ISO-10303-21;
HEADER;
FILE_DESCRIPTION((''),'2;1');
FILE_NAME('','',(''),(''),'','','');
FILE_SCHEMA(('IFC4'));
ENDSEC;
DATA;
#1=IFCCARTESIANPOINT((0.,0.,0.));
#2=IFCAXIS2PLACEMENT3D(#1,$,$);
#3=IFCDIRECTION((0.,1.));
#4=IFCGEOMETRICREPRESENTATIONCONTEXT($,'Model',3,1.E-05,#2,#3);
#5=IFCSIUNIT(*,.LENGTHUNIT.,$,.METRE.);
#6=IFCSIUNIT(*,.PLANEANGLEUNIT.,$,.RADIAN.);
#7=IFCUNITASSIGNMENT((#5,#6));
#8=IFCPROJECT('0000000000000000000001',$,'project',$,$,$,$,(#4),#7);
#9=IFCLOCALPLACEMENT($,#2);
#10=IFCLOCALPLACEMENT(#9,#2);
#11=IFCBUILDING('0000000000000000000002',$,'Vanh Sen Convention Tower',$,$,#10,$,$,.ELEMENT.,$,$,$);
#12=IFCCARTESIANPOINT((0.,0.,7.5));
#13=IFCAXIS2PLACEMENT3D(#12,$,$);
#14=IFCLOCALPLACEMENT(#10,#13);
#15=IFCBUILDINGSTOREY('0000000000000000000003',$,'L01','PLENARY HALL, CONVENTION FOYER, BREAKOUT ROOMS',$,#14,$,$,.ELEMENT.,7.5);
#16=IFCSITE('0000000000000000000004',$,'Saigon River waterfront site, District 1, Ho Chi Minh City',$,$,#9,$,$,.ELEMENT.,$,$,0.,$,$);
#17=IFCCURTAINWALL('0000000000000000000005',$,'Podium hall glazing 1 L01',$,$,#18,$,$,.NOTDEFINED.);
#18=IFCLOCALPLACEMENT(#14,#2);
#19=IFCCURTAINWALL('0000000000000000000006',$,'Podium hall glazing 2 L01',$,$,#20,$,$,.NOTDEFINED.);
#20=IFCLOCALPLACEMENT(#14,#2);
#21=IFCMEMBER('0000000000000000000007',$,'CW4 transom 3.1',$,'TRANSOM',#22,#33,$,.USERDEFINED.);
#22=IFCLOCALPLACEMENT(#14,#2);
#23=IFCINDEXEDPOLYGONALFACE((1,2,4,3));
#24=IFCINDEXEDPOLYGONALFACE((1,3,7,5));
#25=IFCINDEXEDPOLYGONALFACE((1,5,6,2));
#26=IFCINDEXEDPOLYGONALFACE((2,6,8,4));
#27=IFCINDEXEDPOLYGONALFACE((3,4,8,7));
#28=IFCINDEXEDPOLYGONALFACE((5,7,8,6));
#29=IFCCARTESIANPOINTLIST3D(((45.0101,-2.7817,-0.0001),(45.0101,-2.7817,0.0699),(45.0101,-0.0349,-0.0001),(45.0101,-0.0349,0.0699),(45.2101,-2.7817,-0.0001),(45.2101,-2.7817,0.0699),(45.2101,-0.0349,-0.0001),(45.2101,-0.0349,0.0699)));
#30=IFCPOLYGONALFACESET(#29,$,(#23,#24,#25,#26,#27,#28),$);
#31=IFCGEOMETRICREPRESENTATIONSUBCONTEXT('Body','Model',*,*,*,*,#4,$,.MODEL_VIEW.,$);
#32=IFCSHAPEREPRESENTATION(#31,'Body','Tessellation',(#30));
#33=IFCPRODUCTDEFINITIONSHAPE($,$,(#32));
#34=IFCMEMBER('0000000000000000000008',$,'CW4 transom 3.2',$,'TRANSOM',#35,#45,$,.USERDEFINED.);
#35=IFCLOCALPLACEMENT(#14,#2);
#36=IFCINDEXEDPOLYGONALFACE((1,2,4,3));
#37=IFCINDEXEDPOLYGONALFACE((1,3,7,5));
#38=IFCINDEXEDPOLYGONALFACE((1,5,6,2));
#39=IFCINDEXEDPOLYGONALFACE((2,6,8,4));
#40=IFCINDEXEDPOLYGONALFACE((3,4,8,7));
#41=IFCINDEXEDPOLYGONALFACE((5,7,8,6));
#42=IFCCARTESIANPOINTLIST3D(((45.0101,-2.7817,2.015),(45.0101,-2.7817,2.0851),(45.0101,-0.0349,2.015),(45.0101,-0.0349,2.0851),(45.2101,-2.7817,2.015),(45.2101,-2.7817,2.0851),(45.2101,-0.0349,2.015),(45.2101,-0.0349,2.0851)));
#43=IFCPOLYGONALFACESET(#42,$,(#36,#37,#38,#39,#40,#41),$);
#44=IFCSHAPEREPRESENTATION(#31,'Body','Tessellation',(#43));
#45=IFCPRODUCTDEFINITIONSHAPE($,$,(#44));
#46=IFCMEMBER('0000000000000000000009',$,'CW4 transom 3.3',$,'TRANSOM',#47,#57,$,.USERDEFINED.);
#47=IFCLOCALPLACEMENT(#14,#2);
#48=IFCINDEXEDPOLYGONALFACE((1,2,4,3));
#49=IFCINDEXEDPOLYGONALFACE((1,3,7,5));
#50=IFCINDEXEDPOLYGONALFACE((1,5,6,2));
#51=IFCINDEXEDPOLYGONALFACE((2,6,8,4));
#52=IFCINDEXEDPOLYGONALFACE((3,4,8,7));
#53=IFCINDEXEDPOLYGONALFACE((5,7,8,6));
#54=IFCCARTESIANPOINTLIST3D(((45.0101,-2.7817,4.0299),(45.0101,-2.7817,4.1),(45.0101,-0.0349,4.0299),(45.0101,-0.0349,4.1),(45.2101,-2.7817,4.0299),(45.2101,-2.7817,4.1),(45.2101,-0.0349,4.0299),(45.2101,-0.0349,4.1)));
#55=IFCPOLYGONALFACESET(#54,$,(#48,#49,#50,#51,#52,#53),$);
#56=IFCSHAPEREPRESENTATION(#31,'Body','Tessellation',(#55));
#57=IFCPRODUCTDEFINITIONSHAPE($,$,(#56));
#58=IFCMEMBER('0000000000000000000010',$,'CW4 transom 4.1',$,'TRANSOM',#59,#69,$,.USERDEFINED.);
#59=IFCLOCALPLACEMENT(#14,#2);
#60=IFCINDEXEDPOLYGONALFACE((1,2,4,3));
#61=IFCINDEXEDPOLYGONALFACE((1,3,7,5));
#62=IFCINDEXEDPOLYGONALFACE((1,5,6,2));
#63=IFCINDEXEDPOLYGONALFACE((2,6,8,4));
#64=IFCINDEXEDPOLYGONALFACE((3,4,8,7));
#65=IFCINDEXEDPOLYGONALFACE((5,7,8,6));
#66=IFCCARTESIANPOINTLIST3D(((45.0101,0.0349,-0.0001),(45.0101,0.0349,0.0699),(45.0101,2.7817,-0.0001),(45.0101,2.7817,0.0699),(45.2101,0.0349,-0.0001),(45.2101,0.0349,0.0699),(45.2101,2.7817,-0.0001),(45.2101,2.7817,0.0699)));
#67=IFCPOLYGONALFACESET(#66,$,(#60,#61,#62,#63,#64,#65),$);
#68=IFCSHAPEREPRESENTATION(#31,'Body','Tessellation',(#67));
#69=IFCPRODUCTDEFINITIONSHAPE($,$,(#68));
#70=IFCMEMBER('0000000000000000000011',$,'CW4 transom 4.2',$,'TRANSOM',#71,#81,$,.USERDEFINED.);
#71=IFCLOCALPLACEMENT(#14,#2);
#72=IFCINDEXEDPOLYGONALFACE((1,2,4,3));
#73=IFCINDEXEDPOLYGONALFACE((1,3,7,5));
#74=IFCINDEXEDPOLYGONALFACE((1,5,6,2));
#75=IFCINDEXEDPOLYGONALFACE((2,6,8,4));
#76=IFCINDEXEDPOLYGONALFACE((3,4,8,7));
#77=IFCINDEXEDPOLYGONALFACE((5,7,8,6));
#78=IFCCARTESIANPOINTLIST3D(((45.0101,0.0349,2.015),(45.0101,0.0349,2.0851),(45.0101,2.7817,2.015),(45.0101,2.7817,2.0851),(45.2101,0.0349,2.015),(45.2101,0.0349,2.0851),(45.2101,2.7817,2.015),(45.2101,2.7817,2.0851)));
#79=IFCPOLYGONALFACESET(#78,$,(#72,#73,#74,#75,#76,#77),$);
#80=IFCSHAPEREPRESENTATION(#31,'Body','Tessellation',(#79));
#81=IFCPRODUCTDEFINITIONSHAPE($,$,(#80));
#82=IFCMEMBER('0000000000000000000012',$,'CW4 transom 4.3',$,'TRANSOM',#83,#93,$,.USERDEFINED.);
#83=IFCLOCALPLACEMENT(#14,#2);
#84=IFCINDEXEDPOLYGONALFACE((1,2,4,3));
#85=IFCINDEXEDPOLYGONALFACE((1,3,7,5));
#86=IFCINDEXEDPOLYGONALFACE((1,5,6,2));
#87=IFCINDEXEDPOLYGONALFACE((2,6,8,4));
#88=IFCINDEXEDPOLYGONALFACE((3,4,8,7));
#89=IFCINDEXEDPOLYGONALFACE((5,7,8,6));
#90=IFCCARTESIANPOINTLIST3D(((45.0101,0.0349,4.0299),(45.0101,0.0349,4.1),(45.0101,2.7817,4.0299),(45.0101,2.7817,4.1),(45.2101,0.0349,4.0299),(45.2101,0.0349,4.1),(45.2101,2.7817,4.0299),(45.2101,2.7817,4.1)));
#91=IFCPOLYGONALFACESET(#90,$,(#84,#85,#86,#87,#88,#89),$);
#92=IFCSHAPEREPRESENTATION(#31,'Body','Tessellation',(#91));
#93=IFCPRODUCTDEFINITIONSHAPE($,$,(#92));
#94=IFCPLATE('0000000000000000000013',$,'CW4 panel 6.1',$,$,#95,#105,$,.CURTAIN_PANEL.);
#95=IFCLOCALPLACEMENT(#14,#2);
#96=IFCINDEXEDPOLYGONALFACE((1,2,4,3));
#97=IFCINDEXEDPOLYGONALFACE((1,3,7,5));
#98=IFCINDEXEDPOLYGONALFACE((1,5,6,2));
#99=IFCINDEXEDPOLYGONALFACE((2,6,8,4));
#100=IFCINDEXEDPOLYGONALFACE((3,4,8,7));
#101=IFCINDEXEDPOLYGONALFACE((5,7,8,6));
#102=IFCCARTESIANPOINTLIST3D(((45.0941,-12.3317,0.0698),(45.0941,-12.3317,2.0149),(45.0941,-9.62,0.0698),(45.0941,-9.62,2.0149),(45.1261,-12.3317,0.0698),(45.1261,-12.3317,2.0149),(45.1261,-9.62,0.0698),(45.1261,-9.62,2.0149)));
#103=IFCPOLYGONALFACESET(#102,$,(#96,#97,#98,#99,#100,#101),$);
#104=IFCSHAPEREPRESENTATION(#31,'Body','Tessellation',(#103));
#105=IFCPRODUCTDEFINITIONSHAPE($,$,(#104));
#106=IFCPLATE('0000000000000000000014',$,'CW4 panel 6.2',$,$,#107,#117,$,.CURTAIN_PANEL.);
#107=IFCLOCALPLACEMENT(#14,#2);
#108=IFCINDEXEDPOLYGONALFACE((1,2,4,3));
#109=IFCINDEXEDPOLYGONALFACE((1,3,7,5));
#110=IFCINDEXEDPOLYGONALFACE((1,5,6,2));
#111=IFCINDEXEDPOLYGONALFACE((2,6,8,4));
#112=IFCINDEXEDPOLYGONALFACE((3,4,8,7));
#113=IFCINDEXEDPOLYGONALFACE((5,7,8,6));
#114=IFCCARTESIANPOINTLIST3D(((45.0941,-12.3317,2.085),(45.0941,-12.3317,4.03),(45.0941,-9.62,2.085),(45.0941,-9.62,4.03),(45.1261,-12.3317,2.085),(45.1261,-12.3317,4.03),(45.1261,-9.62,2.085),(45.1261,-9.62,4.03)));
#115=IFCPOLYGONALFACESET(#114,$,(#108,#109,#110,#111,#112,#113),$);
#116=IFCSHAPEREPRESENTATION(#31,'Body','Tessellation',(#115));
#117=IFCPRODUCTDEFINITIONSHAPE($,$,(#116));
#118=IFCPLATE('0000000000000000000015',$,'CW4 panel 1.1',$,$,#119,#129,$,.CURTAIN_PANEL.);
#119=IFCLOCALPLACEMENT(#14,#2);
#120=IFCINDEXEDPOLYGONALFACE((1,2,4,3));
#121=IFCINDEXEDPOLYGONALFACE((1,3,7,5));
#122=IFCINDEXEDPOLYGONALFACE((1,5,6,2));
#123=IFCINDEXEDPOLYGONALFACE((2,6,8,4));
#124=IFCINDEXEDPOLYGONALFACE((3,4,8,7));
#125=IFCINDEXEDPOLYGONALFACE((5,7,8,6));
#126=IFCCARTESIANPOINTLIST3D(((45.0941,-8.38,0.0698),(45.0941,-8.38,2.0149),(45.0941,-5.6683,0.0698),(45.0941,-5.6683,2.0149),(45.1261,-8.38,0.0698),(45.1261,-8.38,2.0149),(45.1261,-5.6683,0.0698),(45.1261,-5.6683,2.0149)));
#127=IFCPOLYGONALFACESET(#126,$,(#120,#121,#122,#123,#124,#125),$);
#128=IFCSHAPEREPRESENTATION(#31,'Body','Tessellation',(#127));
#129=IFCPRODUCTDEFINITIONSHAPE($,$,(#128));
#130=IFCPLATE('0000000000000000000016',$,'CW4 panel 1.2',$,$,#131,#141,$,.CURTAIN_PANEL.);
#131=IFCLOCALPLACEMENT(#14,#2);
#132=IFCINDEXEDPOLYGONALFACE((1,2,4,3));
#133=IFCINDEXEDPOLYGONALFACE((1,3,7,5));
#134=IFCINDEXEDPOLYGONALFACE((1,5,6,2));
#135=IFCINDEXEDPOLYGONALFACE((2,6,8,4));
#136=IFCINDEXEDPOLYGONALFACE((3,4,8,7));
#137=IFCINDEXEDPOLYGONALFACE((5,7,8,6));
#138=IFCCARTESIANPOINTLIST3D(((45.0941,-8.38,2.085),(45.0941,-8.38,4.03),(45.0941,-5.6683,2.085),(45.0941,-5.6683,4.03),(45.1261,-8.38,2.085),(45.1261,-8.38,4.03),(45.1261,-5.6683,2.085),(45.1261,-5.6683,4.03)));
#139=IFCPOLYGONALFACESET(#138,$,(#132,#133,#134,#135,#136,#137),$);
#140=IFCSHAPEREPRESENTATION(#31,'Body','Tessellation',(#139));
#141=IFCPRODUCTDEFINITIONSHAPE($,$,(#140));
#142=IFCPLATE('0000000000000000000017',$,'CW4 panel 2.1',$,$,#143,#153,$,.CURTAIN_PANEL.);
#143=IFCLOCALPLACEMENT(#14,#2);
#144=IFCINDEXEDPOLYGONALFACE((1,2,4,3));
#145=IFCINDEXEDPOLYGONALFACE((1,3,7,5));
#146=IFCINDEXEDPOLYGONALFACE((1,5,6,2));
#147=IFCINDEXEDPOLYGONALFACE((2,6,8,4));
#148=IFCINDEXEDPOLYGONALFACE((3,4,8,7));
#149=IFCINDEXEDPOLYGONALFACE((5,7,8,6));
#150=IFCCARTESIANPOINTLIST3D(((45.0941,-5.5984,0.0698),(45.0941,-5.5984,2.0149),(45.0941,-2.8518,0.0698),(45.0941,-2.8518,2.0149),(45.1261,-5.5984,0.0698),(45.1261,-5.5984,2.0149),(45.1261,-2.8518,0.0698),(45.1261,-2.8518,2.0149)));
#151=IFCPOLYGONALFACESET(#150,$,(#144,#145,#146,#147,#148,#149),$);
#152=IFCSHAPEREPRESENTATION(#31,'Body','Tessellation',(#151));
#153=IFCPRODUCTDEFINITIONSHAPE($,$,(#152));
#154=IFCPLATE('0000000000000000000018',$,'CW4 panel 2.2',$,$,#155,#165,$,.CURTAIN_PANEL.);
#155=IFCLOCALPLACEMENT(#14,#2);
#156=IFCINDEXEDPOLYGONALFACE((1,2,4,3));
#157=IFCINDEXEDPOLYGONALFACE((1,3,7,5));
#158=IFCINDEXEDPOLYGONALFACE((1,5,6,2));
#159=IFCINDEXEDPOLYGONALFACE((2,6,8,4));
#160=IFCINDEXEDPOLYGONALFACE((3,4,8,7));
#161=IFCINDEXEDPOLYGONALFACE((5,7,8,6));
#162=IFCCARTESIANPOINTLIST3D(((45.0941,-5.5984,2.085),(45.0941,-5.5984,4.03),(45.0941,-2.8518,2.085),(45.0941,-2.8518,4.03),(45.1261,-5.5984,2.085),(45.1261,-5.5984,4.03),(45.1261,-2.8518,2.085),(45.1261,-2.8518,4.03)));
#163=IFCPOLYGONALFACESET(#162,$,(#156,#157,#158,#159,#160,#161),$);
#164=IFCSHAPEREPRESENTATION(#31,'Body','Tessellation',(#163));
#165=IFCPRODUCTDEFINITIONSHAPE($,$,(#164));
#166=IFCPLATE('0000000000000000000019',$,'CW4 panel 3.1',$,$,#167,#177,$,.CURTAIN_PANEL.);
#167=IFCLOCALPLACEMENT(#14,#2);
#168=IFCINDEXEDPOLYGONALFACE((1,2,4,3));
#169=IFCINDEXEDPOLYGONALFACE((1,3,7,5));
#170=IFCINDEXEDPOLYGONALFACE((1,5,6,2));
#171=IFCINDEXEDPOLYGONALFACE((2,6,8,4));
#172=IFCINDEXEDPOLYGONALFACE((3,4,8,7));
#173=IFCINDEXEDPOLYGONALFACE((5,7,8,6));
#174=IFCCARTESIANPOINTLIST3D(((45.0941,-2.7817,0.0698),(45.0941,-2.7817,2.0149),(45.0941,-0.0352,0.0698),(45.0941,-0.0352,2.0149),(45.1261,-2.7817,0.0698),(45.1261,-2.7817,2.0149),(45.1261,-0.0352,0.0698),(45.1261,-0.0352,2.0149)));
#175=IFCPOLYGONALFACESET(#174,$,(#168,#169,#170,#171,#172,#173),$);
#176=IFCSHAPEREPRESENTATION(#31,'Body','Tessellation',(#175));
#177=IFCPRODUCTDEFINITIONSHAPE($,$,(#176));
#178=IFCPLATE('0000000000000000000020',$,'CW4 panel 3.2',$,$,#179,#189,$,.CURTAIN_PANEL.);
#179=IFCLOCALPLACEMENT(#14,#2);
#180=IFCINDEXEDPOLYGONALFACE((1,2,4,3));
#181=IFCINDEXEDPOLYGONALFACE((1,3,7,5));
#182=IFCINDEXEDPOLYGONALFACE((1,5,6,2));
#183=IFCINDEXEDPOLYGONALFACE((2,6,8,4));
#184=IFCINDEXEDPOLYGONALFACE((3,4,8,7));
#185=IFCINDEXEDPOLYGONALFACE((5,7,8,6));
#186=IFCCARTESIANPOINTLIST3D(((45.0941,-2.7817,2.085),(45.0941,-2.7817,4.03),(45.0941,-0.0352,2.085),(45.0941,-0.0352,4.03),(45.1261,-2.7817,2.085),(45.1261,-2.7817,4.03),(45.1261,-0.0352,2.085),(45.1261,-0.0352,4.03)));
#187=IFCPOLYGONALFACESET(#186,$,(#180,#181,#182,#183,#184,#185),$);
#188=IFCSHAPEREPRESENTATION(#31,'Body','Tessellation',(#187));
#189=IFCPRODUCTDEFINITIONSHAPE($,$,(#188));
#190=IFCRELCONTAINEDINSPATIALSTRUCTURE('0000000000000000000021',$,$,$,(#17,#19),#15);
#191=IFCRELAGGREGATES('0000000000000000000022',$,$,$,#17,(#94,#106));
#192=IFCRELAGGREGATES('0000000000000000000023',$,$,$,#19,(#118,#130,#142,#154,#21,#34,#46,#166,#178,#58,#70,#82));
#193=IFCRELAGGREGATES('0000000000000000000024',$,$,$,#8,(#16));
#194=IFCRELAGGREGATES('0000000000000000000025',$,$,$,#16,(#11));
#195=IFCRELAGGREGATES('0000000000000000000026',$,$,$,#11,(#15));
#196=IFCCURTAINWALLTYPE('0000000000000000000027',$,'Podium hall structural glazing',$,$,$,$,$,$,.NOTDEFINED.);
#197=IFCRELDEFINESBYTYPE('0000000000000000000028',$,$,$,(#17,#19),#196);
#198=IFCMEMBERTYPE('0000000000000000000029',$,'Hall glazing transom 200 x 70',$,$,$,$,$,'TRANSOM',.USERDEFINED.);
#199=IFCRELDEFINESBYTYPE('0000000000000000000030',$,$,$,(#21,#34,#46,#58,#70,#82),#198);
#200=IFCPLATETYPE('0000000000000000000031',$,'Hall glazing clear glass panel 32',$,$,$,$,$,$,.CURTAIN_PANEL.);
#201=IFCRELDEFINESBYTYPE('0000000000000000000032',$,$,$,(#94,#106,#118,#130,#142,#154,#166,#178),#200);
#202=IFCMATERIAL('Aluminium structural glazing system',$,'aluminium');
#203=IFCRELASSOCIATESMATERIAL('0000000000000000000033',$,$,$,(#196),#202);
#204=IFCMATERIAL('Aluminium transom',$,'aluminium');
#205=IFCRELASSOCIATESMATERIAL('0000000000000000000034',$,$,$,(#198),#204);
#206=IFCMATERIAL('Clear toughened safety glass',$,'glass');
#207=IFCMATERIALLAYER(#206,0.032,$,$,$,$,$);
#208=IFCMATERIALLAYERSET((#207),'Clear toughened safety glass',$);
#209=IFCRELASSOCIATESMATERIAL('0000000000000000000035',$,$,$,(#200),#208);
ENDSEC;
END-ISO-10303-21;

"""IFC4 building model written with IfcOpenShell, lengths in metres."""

from ifc_helpers import new_model, si_unit, direction, frame, origin, origin_2d, place, context, subcontext, project, spatial, rectangle, extrude, material, layer, layer_set, material_profile, profile_set, type_object, element, aggregate, save


model = new_model("IFC4")

# Units and contexts
model_context = context("Model", 3, precision=1e-05, world=origin(), true_north=direction((0.0, 1.0)))
body_context = subcontext(model_context, "Body", "Model", "MODEL_VIEW")
ifc_project = project(units=[si_unit("LENGTHUNIT", "METRE"), si_unit("PLANEANGLEUNIT", "RADIAN")], contexts=[model_context])

# Site, building, storey
site_placement = place(None, origin())
site = spatial("IfcSite", under=ifc_project, at=site_placement, Name="Saigon River waterfront site, District 1, Ho Chi Minh City", CompositionType="ELEMENT", RefElevation=0.0)
building_placement = place(site_placement, origin())
building = spatial("IfcBuilding", under=site, at=building_placement, Name="Vanh Sen Convention Tower", CompositionType="ELEMENT")
storey_placement = place(building_placement, frame((0.0, 0.0, 7.5)))
storey = spatial("IfcBuildingStorey", under=building, at=storey_placement, Name="L01", Description="PLENARY HALL, CONVENTION FOYER, BREAKOUT ROOMS", CompositionType="ELEMENT", Elevation=7.5)

# Curtain walls
ifc_material_1 = material(Name="Aluminium structural glazing system", Category="aluminium")
curtain_wall_type = type_object("IfcCurtainWallType", Name="Podium hall structural glazing", PredefinedType="NOTDEFINED", material=ifc_material_1)
curtain_wall_1_placement = place(storey_placement, origin())
curtain_wall_1 = element("IfcCurtainWall", 1, at=curtain_wall_1_placement, inside=storey, type_object=curtain_wall_type, Name="Podium hall glazing 1 L01", PredefinedType="NOTDEFINED")
curtain_wall_2_placement = place(storey_placement, origin())
curtain_wall_2 = element("IfcCurtainWall", 2, at=curtain_wall_2_placement, inside=storey, type_object=curtain_wall_type, Name="Podium hall glazing 2 L01", PredefinedType="NOTDEFINED")

# Members
ifc_material_2 = material(Name="Aluminium transom", Category="aluminium")
ifc_material_profile_1 = material_profile(ifc_material_2, rectangle(XDim=0.2, YDim=0.0701, at=origin_2d()), Name="Hall glazing transom 200 x 70")
ifc_profile_set_1 = profile_set([ifc_material_profile_1], Name="Aluminium transom")
member_type_1 = type_object("IfcMemberType", Name="Hall glazing transom 200 x 70", ElementType="TRANSOM", PredefinedType="USERDEFINED", material=ifc_profile_set_1)
member_1_placement = place(storey_placement, frame((45.1101, -2.7817, 0.0349), z_axis=(0.0, 1.0, 0.0), x_axis=(-1.0, 0.0, 0.0)))
member_1 = element("IfcMember", 3, at=member_1_placement, type_object=member_type_1, Name="CW4 transom 3.1", ObjectType="TRANSOM", PredefinedType="USERDEFINED", context=body_context, shape_type="SweptSolid", body=[
    extrude(rectangle(XDim=0.2, YDim=0.0701, at=origin_2d()), origin(), (0.0, 0.0, 1.0), 2.7468),
])
member_2_placement = place(storey_placement, frame((45.1101, -2.7817, 2.05), z_axis=(0.0, 1.0, 0.0), x_axis=(-1.0, 0.0, 0.0)))
member_2 = element("IfcMember", 4, at=member_2_placement, type_object=member_type_1, Name="CW4 transom 3.2", ObjectType="TRANSOM", PredefinedType="USERDEFINED", context=body_context, shape_type="SweptSolid", body=[
    extrude(rectangle(XDim=0.2, YDim=0.0701, at=origin_2d()), origin(), (0.0, 0.0, 1.0), 2.7468),
])
member_3_placement = place(storey_placement, frame((45.1101, -2.7817, 4.0649), z_axis=(0.0, 1.0, 0.0), x_axis=(-1.0, 0.0, 0.0)))
member_3 = element("IfcMember", 5, at=member_3_placement, type_object=member_type_1, Name="CW4 transom 3.3", ObjectType="TRANSOM", PredefinedType="USERDEFINED", context=body_context, shape_type="SweptSolid", body=[
    extrude(rectangle(XDim=0.2, YDim=0.0701, at=origin_2d()), origin(), (0.0, 0.0, 1.0), 2.7468),
])
member_4_placement = place(storey_placement, frame((45.1101, 0.0349, 0.0349), z_axis=(0.0, 1.0, 0.0), x_axis=(-1.0, 0.0, 0.0)))
member_4 = element("IfcMember", 6, at=member_4_placement, type_object=member_type_1, Name="CW4 transom 4.1", ObjectType="TRANSOM", PredefinedType="USERDEFINED", context=body_context, shape_type="SweptSolid", body=[
    extrude(rectangle(XDim=0.2, YDim=0.0701, at=origin_2d()), origin(), (0.0, 0.0, 1.0), 2.7468),
])
member_5_placement = place(storey_placement, frame((45.1101, 0.0349, 2.05), z_axis=(0.0, 1.0, 0.0), x_axis=(-1.0, 0.0, 0.0)))
member_5 = element("IfcMember", 7, at=member_5_placement, type_object=member_type_1, Name="CW4 transom 4.2", ObjectType="TRANSOM", PredefinedType="USERDEFINED", context=body_context, shape_type="SweptSolid", body=[
    extrude(rectangle(XDim=0.2, YDim=0.0701, at=origin_2d()), origin(), (0.0, 0.0, 1.0), 2.7468),
])
member_6_placement = place(storey_placement, frame((45.1101, 0.0349, 4.0649), z_axis=(0.0, 1.0, 0.0), x_axis=(-1.0, 0.0, 0.0)))
member_6 = element("IfcMember", 8, at=member_6_placement, type_object=member_type_1, Name="CW4 transom 4.3", ObjectType="TRANSOM", PredefinedType="USERDEFINED", context=body_context, shape_type="SweptSolid", body=[
    extrude(rectangle(XDim=0.2, YDim=0.0701, at=origin_2d()), origin(), (0.0, 0.0, 1.0), 2.7468),
])

# Plates
ifc_material_3 = material(Name="Clear toughened safety glass", Category="glass")
ifc_layer = layer(ifc_material_3, 0.032)
ifc_layer_set = layer_set([ifc_layer], Name="Clear toughened safety glass")
plate_type = type_object("IfcPlateType", Name="Hall glazing clear glass panel 32", PredefinedType="CURTAIN_PANEL", material=ifc_layer_set)
plate_1_placement = place(storey_placement, frame((45.1101, -10.9758, 0.0698), z_axis=(0.0, 0.0, 1.0), x_axis=(0.0, 1.0, 0.0)))
plate_1 = element("IfcPlate", 9, at=plate_1_placement, type_object=plate_type, Name="CW4 panel 6.1", PredefinedType="CURTAIN_PANEL", context=body_context, shape_type="SweptSolid", body=[
    extrude(rectangle(XDim=2.7117, YDim=0.032, at=origin_2d()), origin(), (0.0, 0.0, 1.0), 1.9451),
])
plate_2_placement = place(storey_placement, frame((45.1101, -10.9758, 2.085), z_axis=(0.0, 0.0, 1.0), x_axis=(0.0, 1.0, 0.0)))
plate_2 = element("IfcPlate", 10, at=plate_2_placement, type_object=plate_type, Name="CW4 panel 6.2", PredefinedType="CURTAIN_PANEL", context=body_context, shape_type="SweptSolid", body=[
    extrude(rectangle(XDim=2.7117, YDim=0.032, at=origin_2d()), origin(), (0.0, 0.0, 1.0), 1.9451),
])
aggregate(curtain_wall_1, [plate_1, plate_2])
plate_3_placement = place(storey_placement, frame((45.1101, -7.0242, 0.0698), z_axis=(0.0, 0.0, 1.0), x_axis=(0.0, 1.0, 0.0)))
plate_3 = element("IfcPlate", 11, at=plate_3_placement, type_object=plate_type, Name="CW4 panel 1.1", PredefinedType="CURTAIN_PANEL", context=body_context, shape_type="SweptSolid", body=[
    extrude(rectangle(XDim=2.7117, YDim=0.032, at=origin_2d()), origin(), (0.0, 0.0, 1.0), 1.9451),
])
plate_4_placement = place(storey_placement, frame((45.1101, -7.0242, 2.085), z_axis=(0.0, 0.0, 1.0), x_axis=(0.0, 1.0, 0.0)))
plate_4 = element("IfcPlate", 12, at=plate_4_placement, type_object=plate_type, Name="CW4 panel 1.2", PredefinedType="CURTAIN_PANEL", context=body_context, shape_type="SweptSolid", body=[
    extrude(rectangle(XDim=2.7117, YDim=0.032, at=origin_2d()), origin(), (0.0, 0.0, 1.0), 1.9451),
])
plate_5_placement = place(storey_placement, frame((45.1101, -4.2251, 0.0698), z_axis=(0.0, 0.0, 1.0), x_axis=(0.0, 1.0, 0.0)))
plate_5 = element("IfcPlate", 13, at=plate_5_placement, type_object=plate_type, Name="CW4 panel 2.1", PredefinedType="CURTAIN_PANEL", context=body_context, shape_type="SweptSolid", body=[
    extrude(rectangle(XDim=2.7466, YDim=0.032, at=origin_2d()), origin(), (0.0, 0.0, 1.0), 1.9451),
])
plate_6_placement = place(storey_placement, frame((45.1101, -4.2251, 2.085), z_axis=(0.0, 0.0, 1.0), x_axis=(0.0, 1.0, 0.0)))
plate_6 = element("IfcPlate", 14, at=plate_6_placement, type_object=plate_type, Name="CW4 panel 2.2", PredefinedType="CURTAIN_PANEL", context=body_context, shape_type="SweptSolid", body=[
    extrude(rectangle(XDim=2.7466, YDim=0.032, at=origin_2d()), origin(), (0.0, 0.0, 1.0), 1.9451),
])
plate_7_placement = place(storey_placement, frame((45.1101, -1.4084, 0.0698), z_axis=(0.0, 0.0, 1.0), x_axis=(0.0, 1.0, 0.0)))
plate_7 = element("IfcPlate", 15, at=plate_7_placement, type_object=plate_type, Name="CW4 panel 3.1", PredefinedType="CURTAIN_PANEL", context=body_context, shape_type="SweptSolid", body=[
    extrude(rectangle(XDim=2.7466, YDim=0.032, at=origin_2d()), origin(), (0.0, 0.0, 1.0), 1.9451),
])
plate_8_placement = place(storey_placement, frame((45.1101, -1.4084, 2.085), z_axis=(0.0, 0.0, 1.0), x_axis=(0.0, 1.0, 0.0)))
plate_8 = element("IfcPlate", 16, at=plate_8_placement, type_object=plate_type, Name="CW4 panel 3.2", PredefinedType="CURTAIN_PANEL", context=body_context, shape_type="SweptSolid", body=[
    extrude(rectangle(XDim=2.7466, YDim=0.032, at=origin_2d()), origin(), (0.0, 0.0, 1.0), 1.9451),
])
aggregate(curtain_wall_2, [plate_3, plate_4, plate_5, plate_6, member_1, member_2, member_3, plate_7, plate_8, member_4, member_5, member_6])

save(model, "model.ifc")
